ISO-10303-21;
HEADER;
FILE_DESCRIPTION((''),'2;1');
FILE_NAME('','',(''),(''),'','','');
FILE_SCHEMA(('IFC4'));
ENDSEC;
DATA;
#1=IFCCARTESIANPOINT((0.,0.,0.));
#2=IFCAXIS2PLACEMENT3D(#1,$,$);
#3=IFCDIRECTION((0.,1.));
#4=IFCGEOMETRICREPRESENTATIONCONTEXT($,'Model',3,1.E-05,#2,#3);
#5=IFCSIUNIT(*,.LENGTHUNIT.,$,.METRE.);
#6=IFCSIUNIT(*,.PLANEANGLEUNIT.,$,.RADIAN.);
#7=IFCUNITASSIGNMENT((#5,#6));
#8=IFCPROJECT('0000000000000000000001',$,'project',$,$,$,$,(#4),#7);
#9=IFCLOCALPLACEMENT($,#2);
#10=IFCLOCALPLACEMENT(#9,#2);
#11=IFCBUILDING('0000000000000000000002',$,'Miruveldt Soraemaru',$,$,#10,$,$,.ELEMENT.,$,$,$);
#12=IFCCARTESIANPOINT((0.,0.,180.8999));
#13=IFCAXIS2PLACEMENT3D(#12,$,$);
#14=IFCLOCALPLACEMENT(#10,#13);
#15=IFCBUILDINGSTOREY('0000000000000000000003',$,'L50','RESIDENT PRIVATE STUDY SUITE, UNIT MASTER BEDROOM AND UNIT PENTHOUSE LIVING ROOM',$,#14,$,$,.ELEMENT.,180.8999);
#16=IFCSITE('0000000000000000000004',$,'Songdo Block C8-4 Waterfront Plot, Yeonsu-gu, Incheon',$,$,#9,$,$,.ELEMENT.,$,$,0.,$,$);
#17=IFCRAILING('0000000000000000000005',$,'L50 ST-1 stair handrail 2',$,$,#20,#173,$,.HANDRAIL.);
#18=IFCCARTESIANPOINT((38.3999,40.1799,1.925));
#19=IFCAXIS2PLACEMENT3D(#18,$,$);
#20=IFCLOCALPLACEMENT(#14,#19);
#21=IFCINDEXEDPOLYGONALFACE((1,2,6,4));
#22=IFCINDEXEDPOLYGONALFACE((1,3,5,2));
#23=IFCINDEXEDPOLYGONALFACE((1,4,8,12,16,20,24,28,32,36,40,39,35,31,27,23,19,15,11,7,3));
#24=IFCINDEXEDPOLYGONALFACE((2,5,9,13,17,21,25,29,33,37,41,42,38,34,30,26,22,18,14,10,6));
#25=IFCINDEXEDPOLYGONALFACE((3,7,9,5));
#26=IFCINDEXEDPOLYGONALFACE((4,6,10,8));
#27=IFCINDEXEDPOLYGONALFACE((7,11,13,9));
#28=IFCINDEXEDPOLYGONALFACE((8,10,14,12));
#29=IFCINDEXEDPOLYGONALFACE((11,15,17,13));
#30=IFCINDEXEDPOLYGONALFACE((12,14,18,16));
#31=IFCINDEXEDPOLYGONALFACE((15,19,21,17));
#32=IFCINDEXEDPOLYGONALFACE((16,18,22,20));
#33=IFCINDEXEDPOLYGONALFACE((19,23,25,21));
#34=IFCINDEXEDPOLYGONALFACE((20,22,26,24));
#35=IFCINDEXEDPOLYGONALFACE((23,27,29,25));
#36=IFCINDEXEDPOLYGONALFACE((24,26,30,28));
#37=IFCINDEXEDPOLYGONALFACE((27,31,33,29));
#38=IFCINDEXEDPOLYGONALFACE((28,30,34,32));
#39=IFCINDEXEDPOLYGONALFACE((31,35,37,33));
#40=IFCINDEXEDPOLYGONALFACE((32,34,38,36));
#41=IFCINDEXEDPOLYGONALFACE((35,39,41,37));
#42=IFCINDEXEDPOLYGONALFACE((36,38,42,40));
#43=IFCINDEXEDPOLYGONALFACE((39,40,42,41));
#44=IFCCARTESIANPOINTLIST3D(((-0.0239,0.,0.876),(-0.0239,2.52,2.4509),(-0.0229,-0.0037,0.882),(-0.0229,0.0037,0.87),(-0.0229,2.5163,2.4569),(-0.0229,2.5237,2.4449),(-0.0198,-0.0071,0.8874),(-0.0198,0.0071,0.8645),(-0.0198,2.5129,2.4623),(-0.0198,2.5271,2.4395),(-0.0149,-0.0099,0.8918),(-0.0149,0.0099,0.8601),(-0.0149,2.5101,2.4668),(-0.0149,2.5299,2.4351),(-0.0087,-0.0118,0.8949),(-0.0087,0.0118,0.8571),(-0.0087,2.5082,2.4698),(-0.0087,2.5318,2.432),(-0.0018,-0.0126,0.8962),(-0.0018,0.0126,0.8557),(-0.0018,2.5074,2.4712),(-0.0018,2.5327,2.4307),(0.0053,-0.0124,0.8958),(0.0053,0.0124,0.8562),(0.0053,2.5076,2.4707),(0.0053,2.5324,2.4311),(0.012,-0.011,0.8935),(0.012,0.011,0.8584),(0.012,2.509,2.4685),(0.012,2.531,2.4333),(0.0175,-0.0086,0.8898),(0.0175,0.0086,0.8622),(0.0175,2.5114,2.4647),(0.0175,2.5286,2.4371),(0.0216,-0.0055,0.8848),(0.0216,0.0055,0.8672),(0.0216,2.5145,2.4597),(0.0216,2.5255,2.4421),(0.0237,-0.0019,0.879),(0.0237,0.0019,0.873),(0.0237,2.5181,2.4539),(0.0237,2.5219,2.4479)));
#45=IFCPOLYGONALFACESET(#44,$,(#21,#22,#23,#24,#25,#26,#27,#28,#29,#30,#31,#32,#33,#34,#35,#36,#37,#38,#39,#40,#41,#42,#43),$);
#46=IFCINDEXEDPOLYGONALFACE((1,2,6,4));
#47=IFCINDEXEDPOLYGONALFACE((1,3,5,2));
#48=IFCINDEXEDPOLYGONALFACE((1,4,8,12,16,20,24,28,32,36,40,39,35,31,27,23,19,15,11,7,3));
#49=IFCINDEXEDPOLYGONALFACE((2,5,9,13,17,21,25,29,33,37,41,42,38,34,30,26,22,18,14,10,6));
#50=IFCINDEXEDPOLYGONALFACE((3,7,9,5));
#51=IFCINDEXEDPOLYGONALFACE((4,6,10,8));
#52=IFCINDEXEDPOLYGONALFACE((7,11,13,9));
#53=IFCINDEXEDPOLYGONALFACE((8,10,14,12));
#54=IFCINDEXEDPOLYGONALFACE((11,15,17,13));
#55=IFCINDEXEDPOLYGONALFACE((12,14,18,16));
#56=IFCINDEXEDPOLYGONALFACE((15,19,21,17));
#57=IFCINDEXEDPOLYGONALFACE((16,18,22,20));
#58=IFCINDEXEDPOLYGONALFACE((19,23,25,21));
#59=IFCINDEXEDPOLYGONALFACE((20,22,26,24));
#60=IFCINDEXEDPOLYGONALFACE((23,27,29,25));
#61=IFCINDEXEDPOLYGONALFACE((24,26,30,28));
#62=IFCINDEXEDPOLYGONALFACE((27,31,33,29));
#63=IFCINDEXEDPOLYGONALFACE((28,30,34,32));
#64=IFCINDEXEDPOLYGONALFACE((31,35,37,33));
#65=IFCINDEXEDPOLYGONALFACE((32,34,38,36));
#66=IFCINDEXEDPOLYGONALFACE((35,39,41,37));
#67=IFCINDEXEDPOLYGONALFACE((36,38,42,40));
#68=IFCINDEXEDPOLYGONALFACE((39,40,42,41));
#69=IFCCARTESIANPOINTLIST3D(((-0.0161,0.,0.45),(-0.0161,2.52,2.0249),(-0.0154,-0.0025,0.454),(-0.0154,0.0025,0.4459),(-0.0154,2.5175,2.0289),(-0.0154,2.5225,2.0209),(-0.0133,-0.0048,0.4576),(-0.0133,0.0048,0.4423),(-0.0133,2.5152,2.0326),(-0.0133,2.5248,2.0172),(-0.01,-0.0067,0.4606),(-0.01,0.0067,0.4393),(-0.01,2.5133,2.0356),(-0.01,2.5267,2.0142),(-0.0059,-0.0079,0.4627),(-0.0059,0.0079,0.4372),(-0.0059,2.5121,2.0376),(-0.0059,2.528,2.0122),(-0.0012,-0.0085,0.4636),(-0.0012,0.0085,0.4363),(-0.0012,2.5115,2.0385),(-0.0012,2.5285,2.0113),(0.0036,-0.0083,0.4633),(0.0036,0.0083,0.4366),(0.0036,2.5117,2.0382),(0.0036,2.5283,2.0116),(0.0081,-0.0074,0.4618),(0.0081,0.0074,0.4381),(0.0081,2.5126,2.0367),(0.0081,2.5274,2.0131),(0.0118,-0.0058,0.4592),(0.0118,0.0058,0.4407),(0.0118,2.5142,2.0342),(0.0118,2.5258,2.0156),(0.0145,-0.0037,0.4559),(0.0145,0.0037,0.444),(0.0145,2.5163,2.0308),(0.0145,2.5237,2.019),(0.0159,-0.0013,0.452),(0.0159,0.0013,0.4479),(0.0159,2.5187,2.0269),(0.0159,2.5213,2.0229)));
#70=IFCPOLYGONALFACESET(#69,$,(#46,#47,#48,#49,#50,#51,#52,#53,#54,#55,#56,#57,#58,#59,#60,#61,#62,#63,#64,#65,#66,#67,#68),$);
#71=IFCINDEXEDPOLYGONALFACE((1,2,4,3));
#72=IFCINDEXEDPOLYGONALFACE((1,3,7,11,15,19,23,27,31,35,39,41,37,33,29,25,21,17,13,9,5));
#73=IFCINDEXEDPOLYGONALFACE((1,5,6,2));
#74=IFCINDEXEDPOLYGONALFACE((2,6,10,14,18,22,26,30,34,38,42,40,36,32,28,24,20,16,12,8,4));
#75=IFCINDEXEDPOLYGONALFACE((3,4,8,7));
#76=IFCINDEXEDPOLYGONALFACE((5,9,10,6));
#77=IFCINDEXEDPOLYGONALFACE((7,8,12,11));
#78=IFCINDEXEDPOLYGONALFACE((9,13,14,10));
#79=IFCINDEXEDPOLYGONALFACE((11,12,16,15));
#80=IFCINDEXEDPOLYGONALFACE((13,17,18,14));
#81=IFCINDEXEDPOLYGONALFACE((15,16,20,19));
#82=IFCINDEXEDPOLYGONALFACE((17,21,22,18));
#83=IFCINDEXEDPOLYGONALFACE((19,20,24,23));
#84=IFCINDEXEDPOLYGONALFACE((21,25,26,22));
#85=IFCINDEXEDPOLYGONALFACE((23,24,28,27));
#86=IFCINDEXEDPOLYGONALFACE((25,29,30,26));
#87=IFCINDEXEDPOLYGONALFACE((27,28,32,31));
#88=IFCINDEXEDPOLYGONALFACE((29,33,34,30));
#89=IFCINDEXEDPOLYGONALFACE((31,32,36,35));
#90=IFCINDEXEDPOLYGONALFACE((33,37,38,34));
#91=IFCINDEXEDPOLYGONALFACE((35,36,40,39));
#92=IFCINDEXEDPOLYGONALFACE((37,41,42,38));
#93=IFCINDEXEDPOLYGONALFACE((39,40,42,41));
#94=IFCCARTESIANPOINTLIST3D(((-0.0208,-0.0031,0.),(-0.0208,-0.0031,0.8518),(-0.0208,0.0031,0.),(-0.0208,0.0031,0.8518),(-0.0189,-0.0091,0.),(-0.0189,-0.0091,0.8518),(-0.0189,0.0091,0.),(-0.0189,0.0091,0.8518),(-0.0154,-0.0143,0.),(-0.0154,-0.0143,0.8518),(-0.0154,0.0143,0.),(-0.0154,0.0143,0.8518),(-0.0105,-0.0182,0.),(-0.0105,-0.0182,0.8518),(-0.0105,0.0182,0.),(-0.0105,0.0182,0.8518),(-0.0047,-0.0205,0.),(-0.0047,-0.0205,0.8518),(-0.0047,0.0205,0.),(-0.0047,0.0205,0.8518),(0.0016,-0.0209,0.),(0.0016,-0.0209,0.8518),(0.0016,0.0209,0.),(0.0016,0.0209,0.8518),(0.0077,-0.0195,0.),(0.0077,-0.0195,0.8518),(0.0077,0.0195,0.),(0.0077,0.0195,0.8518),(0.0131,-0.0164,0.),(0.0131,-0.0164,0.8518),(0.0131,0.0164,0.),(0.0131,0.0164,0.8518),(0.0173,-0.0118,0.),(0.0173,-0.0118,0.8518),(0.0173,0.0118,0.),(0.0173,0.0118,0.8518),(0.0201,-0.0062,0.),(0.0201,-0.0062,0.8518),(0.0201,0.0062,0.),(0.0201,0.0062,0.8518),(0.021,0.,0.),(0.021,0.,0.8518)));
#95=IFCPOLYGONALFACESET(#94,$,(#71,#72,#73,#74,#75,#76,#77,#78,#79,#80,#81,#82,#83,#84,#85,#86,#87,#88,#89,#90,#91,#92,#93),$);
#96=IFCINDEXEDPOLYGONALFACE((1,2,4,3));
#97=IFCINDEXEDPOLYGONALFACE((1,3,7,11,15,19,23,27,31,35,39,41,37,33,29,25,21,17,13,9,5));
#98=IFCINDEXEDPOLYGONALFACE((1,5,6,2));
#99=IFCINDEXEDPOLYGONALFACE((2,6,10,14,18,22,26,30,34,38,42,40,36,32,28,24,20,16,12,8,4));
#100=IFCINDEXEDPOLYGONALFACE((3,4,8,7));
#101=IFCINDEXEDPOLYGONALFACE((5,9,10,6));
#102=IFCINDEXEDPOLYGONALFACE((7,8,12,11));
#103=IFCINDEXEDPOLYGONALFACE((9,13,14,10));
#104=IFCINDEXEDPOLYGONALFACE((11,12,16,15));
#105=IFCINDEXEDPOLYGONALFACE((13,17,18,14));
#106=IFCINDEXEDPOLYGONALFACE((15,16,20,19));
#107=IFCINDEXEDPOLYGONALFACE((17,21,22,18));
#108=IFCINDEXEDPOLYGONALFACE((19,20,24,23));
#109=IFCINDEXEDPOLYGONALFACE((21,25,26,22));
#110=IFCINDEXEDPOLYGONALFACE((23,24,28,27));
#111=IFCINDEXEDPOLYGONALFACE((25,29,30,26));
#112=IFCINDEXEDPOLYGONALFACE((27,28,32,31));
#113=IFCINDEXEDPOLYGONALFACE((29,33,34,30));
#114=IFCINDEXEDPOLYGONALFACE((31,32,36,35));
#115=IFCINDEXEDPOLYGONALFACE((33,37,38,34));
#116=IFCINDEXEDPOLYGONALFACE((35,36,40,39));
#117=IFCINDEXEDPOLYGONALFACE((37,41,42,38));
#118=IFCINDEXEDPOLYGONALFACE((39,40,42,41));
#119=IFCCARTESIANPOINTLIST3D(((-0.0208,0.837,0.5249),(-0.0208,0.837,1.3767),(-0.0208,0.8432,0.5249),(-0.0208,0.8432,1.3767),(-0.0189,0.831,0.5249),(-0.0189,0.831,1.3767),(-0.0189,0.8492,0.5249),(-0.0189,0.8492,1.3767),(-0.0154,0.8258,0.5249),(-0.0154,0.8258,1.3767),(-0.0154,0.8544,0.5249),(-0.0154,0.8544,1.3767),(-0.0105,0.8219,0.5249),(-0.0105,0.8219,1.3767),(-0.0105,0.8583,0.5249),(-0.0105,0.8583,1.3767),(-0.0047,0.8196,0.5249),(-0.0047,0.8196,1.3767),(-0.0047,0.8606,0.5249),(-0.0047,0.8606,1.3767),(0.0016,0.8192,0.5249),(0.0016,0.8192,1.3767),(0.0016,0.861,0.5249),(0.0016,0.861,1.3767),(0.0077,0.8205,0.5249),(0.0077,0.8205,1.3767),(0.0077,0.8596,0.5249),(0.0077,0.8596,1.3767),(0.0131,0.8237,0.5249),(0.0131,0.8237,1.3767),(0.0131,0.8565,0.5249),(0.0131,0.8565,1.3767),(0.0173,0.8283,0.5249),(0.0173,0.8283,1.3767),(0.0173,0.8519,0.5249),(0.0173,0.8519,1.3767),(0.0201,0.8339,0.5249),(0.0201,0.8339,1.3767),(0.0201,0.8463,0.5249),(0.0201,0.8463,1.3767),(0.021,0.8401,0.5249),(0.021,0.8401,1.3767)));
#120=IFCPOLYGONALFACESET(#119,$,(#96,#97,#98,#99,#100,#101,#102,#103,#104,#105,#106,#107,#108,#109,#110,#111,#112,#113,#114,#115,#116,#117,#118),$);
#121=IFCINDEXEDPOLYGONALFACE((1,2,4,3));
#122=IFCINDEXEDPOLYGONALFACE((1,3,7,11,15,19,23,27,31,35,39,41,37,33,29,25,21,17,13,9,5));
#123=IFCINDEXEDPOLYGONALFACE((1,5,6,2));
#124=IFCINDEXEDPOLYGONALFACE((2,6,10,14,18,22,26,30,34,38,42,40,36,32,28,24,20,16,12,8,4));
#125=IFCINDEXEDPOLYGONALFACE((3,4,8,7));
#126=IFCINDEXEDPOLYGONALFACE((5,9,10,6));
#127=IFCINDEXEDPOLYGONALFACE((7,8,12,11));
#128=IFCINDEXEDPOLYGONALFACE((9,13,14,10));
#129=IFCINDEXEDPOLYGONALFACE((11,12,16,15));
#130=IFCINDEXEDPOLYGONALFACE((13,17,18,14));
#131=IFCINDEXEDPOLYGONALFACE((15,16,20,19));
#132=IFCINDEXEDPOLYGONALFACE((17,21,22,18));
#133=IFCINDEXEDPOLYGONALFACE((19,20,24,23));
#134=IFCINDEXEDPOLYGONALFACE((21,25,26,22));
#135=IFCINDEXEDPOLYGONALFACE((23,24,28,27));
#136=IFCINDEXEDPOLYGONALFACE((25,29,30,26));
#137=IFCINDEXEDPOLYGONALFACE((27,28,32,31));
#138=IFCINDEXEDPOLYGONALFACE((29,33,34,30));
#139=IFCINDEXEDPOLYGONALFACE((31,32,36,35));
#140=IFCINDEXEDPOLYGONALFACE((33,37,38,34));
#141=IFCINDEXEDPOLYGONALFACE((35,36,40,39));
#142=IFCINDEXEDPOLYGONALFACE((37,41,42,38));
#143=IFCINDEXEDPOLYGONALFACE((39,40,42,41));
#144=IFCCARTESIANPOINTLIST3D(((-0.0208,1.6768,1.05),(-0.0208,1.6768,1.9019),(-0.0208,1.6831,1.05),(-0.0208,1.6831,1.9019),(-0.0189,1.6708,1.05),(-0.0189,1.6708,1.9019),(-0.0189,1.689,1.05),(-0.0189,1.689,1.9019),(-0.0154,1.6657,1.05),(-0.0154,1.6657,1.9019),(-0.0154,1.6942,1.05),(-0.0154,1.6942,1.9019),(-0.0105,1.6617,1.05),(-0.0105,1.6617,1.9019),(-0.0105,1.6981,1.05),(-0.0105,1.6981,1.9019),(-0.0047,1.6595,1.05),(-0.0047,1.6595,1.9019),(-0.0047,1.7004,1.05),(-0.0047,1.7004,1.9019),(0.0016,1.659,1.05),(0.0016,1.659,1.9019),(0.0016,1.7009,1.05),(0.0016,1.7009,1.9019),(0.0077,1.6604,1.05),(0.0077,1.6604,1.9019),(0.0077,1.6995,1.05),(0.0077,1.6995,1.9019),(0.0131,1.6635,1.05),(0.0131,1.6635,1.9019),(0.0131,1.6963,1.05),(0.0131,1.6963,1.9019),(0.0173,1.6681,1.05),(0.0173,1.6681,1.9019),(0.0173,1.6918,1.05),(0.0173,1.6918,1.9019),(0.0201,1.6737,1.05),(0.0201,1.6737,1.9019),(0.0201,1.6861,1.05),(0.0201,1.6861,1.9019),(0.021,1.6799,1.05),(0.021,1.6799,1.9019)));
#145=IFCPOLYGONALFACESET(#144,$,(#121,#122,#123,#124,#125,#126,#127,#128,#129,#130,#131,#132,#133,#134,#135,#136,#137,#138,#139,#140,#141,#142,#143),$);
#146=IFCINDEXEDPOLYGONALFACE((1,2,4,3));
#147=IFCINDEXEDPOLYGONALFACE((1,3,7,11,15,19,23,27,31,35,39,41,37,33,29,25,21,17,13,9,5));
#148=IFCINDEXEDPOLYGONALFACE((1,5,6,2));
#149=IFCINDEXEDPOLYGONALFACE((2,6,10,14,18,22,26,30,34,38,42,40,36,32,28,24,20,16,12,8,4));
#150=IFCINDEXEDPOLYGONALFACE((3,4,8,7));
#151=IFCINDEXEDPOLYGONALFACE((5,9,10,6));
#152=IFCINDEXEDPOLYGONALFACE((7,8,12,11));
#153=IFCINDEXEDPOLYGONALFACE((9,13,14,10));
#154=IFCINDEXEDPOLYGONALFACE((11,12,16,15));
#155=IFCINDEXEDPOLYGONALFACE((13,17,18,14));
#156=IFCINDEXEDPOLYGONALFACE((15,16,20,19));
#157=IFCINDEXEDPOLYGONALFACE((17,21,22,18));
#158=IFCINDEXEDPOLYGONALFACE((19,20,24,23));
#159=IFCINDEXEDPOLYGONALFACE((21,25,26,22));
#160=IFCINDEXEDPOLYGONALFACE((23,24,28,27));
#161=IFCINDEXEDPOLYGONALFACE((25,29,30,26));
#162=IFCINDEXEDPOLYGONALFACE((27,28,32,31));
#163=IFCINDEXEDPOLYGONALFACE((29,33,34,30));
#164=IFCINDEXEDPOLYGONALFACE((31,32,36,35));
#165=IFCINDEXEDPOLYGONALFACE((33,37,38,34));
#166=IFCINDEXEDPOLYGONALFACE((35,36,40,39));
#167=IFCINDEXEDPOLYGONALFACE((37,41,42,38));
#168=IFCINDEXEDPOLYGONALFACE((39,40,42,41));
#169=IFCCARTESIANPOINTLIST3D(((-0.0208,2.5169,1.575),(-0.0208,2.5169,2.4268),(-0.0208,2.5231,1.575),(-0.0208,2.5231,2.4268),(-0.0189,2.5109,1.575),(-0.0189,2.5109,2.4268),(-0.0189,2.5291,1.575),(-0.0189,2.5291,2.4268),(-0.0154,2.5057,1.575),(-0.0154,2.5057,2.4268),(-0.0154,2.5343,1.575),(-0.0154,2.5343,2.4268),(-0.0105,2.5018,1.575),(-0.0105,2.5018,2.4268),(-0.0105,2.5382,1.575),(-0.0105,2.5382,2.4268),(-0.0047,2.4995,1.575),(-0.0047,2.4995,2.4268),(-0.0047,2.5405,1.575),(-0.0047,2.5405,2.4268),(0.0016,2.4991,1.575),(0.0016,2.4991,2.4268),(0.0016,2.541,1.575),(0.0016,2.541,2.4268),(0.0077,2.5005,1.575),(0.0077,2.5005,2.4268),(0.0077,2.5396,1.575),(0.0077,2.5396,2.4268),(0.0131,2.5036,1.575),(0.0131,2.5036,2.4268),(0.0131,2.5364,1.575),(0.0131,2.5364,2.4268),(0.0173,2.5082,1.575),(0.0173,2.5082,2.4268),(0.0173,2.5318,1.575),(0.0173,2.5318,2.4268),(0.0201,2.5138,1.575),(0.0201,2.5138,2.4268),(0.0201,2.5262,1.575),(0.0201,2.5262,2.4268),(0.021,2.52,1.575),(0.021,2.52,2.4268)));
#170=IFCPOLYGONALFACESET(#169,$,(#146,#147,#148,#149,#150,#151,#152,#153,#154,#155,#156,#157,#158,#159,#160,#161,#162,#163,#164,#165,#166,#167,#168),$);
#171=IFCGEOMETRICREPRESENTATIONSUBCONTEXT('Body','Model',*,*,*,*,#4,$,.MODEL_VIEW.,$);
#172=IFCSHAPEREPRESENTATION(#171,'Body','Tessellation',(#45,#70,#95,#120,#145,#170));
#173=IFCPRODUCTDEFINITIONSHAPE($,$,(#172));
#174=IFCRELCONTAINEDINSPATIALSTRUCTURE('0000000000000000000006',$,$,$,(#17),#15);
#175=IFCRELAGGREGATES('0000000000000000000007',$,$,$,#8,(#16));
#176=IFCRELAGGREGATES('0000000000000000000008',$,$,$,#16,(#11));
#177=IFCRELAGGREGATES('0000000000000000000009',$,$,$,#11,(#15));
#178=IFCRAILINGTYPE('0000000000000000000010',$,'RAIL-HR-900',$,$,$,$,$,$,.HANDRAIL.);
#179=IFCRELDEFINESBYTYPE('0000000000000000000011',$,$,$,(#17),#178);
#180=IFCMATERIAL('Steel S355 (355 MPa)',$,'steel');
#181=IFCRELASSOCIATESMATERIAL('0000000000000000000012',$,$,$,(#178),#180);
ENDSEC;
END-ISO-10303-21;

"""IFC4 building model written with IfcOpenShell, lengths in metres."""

from ifc_helpers import new_model, si_unit, direction, frame, origin, origin_2d, place, context, subcontext, project, spatial, circle, extrude, material, type_object, element, save


model = new_model("IFC4")

# Units and contexts
model_context = context("Model", 3, precision=1e-05, world=origin(), true_north=direction((0.0, 1.0)))
body_context = subcontext(model_context, "Body", "Model", "MODEL_VIEW")
ifc_project = project(units=[si_unit("LENGTHUNIT", "METRE"), si_unit("PLANEANGLEUNIT", "RADIAN")], contexts=[model_context])

# Site, building, storey
site_placement = place(None, origin())
site = spatial("IfcSite", under=ifc_project, at=site_placement, Name="Songdo Block C8-4 Waterfront Plot, Yeonsu-gu, Incheon", CompositionType="ELEMENT", RefElevation=0.0)
building_placement = place(site_placement, origin())
building = spatial("IfcBuilding", under=site, at=building_placement, Name="Miruveldt Soraemaru", CompositionType="ELEMENT")
storey_placement = place(building_placement, frame((0.0, 0.0, 180.8999)))
storey = spatial("IfcBuildingStorey", under=building, at=storey_placement, Name="L50", Description="RESIDENT PRIVATE STUDY SUITE, UNIT MASTER BEDROOM AND UNIT PENTHOUSE LIVING ROOM", CompositionType="ELEMENT", Elevation=180.8999)

# Railing
ifc_material_1 = material(Name="Steel S355 (355 MPa)", Category="steel")
railing_type_1 = type_object("IfcRailingType", Name="RAIL-HR-900", PredefinedType="HANDRAIL", material=ifc_material_1)
railing_1_placement = place(storey_placement, frame((38.3999, 40.1799, 1.925)))
element("IfcRailing", 1, at=railing_1_placement, inside=storey, type_object=railing_type_1, Name="L50 ST-1 stair handrail 2", PredefinedType="HANDRAIL", context=body_context, shape_type="SweptSolid", body=[
    extrude(circle(Radius=0.0239, at=origin_2d()), frame((0.0, 0.0, 0.876), z_axis=(0.0, 0.848008, 0.529984), x_axis=(-1.0, 0.0, 0.0)), (0.0, 0.0, 1.0), 2.9717),
    extrude(circle(Radius=0.0161, at=origin_2d()), frame((0.0, 0.0, 0.45), z_axis=(0.0, 0.848008, 0.529984), x_axis=(-1.0, 0.0, 0.0)), (0.0, 0.0, 1.0), 2.9717),
    extrude(circle(Radius=0.021, at=origin_2d()), origin(), (0.0, 0.0, 1.0), 0.8518),
    extrude(circle(Radius=0.021, at=origin_2d()), frame((0.0, 0.8401, 0.5249)), (0.0, 0.0, 1.0), 0.8518),
    extrude(circle(Radius=0.021, at=origin_2d()), frame((0.0, 1.6799, 1.05)), (0.0, 0.0, 1.0), 0.8518),
    extrude(circle(Radius=0.021, at=origin_2d()), frame((0.0, 2.52, 1.575)), (0.0, 0.0, 1.0), 0.8518),
])

save(model, "model.ifc")
